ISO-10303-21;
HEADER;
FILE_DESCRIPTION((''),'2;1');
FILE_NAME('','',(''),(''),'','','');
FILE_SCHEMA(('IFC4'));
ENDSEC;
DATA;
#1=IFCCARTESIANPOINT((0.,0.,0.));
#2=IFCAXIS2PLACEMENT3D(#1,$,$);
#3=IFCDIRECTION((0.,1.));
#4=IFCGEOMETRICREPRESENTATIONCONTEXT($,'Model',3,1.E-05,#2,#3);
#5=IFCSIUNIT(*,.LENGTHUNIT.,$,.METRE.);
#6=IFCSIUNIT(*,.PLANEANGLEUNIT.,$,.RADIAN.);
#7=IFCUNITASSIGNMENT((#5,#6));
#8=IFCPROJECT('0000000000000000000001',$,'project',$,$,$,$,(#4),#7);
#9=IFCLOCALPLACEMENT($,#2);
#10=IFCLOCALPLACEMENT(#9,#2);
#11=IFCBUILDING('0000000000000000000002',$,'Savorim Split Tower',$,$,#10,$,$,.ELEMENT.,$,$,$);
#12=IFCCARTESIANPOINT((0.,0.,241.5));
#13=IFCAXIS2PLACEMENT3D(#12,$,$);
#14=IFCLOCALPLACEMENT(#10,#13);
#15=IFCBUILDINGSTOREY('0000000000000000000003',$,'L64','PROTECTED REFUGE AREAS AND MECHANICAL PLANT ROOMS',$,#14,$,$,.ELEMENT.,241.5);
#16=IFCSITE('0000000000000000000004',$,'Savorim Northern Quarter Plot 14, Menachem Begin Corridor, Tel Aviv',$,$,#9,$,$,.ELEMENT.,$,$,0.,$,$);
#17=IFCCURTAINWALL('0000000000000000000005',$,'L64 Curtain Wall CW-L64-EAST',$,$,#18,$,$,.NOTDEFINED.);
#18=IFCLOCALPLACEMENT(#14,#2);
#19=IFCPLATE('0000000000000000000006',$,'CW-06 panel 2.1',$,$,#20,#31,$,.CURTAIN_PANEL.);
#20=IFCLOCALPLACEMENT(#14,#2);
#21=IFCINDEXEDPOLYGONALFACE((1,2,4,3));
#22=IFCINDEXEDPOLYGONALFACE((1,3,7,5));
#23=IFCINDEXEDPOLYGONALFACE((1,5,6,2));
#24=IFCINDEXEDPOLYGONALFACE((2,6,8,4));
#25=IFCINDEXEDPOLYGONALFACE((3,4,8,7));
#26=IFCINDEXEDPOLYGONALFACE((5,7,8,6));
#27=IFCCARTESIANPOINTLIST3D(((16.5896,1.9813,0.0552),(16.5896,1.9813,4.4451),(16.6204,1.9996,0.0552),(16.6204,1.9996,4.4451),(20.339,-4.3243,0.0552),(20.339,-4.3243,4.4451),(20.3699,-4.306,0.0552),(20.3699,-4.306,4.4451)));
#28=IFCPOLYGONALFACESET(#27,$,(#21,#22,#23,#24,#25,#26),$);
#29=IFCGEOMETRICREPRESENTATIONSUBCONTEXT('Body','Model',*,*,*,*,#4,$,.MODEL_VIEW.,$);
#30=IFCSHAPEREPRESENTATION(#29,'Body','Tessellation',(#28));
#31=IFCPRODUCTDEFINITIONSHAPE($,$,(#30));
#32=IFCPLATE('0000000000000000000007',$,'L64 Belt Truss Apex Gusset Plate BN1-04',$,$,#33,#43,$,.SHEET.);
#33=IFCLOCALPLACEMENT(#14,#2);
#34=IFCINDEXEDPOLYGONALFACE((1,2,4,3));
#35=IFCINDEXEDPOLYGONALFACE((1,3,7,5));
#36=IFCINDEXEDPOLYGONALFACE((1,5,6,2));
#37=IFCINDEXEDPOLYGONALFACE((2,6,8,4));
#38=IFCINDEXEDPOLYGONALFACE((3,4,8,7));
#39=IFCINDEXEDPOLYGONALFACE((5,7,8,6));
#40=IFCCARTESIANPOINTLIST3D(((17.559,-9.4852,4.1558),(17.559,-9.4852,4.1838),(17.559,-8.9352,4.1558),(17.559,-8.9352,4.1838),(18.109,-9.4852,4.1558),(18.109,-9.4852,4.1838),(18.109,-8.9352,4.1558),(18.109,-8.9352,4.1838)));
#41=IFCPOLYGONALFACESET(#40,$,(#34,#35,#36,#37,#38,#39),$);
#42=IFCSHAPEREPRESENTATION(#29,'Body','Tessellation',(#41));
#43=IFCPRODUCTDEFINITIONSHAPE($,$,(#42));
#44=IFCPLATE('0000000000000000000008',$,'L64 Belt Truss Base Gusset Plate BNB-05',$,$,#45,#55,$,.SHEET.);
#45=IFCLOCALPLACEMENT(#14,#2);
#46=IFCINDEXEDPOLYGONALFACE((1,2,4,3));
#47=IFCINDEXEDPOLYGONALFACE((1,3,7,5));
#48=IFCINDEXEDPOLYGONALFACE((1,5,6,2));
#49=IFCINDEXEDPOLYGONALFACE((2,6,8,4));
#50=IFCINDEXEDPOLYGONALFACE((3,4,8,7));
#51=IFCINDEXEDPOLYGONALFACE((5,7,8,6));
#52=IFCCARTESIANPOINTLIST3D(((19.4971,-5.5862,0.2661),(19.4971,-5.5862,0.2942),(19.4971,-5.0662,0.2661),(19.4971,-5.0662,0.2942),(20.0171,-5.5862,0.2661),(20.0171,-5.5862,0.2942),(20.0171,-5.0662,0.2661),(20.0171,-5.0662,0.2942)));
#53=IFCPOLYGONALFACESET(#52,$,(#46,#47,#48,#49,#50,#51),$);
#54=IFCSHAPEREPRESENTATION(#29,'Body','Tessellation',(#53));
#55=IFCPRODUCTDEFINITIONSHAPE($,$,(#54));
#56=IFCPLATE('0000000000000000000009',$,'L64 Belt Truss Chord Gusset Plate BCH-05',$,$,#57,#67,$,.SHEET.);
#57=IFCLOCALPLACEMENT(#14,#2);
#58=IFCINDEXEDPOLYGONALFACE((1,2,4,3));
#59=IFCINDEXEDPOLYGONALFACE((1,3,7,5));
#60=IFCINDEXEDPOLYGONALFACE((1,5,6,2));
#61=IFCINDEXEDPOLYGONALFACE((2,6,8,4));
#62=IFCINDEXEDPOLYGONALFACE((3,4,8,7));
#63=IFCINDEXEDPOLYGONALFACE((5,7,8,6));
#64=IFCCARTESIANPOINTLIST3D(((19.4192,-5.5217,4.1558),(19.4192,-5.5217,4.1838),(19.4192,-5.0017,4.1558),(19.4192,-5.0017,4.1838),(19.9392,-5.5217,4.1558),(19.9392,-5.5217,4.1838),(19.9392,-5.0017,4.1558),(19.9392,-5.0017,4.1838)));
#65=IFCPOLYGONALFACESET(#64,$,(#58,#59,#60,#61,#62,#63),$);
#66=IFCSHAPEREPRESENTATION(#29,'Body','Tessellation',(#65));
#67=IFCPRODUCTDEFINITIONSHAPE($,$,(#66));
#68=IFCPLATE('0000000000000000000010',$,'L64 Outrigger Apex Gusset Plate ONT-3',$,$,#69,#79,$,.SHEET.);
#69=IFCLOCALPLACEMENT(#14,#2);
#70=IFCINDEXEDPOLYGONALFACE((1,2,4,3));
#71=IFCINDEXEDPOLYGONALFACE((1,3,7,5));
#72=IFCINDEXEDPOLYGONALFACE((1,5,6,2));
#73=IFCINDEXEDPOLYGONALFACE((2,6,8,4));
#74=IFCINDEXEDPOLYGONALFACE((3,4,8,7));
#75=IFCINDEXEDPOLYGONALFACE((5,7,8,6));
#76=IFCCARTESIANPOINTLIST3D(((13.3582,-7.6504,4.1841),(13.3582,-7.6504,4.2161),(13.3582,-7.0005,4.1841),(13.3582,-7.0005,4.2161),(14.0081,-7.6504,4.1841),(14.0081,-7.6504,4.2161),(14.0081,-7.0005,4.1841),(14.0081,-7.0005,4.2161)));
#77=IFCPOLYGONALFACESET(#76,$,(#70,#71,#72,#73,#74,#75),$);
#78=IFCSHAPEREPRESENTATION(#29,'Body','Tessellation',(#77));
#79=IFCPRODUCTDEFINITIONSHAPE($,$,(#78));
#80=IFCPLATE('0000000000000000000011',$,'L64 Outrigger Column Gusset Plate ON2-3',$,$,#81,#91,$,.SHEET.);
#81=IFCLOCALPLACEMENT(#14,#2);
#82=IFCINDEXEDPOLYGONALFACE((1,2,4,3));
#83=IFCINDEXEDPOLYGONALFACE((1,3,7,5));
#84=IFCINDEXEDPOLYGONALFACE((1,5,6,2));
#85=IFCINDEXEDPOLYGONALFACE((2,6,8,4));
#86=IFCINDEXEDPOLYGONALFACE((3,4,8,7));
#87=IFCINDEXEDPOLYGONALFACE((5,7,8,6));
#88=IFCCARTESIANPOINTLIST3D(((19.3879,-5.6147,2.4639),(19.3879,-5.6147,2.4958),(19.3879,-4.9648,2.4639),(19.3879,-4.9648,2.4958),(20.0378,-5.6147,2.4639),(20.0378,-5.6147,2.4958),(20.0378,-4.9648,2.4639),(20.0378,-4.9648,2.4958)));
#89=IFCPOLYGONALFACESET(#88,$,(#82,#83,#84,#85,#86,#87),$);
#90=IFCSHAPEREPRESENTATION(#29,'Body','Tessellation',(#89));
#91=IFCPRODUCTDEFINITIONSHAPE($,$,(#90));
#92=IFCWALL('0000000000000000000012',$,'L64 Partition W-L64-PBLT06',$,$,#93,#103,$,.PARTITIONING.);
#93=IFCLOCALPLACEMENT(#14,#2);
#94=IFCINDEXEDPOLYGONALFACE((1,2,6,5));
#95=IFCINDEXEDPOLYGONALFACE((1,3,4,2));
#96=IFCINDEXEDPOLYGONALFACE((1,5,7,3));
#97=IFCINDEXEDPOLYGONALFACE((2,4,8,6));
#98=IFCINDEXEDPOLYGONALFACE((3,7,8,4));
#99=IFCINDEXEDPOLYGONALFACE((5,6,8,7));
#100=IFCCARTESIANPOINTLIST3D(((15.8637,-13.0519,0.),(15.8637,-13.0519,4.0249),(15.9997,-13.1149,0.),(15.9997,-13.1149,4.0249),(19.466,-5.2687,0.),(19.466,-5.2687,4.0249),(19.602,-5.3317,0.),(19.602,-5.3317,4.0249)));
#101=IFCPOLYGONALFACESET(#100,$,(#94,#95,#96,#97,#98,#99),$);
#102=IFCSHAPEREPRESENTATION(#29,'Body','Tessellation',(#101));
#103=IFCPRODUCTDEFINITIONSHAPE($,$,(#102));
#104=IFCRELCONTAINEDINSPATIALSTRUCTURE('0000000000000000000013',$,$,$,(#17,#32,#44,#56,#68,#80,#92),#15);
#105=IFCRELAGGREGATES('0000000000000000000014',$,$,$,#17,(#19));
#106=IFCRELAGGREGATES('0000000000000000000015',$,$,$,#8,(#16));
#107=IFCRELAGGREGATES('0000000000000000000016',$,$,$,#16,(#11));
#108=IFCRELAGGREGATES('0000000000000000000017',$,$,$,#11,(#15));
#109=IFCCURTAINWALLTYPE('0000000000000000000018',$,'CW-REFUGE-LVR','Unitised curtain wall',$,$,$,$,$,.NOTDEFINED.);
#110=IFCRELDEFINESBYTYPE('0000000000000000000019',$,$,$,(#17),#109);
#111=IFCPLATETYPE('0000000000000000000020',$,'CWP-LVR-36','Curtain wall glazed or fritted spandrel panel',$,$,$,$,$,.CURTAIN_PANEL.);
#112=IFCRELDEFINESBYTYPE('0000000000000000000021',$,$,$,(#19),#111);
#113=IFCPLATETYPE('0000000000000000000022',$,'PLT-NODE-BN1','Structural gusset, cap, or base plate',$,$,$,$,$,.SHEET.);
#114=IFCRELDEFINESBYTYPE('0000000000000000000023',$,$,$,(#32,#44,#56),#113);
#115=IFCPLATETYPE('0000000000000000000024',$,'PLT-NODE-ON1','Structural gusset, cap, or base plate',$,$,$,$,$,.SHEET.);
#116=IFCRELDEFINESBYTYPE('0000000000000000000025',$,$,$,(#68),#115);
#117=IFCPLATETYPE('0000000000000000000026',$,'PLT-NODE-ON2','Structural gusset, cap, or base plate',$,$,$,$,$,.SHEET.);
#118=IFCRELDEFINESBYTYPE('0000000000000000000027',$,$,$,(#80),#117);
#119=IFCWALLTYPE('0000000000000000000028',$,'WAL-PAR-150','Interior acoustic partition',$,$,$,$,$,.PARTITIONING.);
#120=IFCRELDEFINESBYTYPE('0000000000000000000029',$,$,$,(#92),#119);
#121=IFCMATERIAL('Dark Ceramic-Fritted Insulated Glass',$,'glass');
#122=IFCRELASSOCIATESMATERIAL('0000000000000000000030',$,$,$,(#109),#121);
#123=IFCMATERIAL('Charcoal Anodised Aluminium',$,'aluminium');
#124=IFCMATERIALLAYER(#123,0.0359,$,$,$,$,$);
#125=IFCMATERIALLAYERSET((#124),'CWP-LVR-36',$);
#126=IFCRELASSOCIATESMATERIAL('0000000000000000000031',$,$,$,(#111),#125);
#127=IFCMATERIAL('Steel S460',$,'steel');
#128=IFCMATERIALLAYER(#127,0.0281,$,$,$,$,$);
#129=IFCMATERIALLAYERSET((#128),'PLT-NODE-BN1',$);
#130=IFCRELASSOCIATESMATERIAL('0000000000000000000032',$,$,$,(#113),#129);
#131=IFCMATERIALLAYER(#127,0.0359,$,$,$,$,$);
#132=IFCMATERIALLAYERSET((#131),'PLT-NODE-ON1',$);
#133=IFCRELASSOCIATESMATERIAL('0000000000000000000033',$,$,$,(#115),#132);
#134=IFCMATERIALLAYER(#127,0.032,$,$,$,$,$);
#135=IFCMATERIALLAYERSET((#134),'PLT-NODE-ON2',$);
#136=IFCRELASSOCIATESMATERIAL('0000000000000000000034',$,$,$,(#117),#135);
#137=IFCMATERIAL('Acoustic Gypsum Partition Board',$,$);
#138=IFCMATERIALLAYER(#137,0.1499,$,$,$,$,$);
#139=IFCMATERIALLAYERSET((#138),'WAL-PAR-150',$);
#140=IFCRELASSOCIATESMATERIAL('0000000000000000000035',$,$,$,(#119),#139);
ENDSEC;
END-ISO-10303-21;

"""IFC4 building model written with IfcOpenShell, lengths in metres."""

from ifc_helpers import new_model, si_unit, direction, frame, frame_2d, origin, origin_2d, place, context, subcontext, project, spatial, rectangle, extrude, material, layer, layer_set, type_object, element, aggregate, save


model = new_model("IFC4")

# Units and contexts
model_context = context("Model", 3, precision=1e-05, world=origin(), true_north=direction((0.0, 1.0)))
body_context = subcontext(model_context, "Body", "Model", "MODEL_VIEW")
ifc_project = project(units=[si_unit("LENGTHUNIT", "METRE"), si_unit("PLANEANGLEUNIT", "RADIAN")], contexts=[model_context])

# Site, building, storey
site_placement = place(None, origin())
site = spatial("IfcSite", under=ifc_project, at=site_placement, Name="Savorim Northern Quarter Plot 14, Menachem Begin Corridor, Tel Aviv", CompositionType="ELEMENT", RefElevation=0.0)
building_placement = place(site_placement, origin())
building = spatial("IfcBuilding", under=site, at=building_placement, Name="Savorim Split Tower", CompositionType="ELEMENT")
storey_placement = place(building_placement, frame((0.0, 0.0, 241.5)))
storey = spatial("IfcBuildingStorey", under=building, at=storey_placement, Name="L64", Description="PROTECTED REFUGE AREAS AND MECHANICAL PLANT ROOMS", CompositionType="ELEMENT", Elevation=241.5)

# Curtain wall
ifc_material_1 = material(Name="Dark Ceramic-Fritted Insulated Glass", Category="glass")
curtain_wall_type = type_object("IfcCurtainWallType", Name="CW-REFUGE-LVR", Description="Unitised curtain wall", PredefinedType="NOTDEFINED", material=ifc_material_1)
curtain_wall_placement = place(storey_placement, origin())
curtain_wall = element("IfcCurtainWall", 1, at=curtain_wall_placement, inside=storey, type_object=curtain_wall_type, Name="L64 Curtain Wall CW-L64-EAST", PredefinedType="NOTDEFINED")
ifc_material_2 = material(Name="Charcoal Anodised Aluminium", Category="aluminium")

# Shared definitions
ifc_material_3 = material(Name="Steel S460", Category="steel")

# Plate
ifc_layer_1 = layer(ifc_material_2, 0.0359)
ifc_layer_set_1 = layer_set([ifc_layer_1], Name="CWP-LVR-36")
plate_type_1 = type_object("IfcPlateType", Name="CWP-LVR-36", Description="Curtain wall glazed or fritted spandrel panel", PredefinedType="CURTAIN_PANEL", material=ifc_layer_set_1)
plate_1_placement = place(storey_placement, frame((18.4797, -1.1624, 0.0552), z_axis=(0.0, 0.0, 1.0), x_axis=(-0.51109, 0.859527, 0.0)))
plate_1 = element("IfcPlate", 2, at=plate_1_placement, type_object=plate_type_1, Name="CW-06 panel 2.1", PredefinedType="CURTAIN_PANEL", context=body_context, shape_type="SweptSolid", body=[
    extrude(rectangle(XDim=7.3362, YDim=0.0359, at=origin_2d()), origin(), (0.0, 0.0, 1.0), 4.3899),
])
aggregate(curtain_wall, [plate_1])

# Plates
ifc_layer_2 = layer(ifc_material_3, 0.0281)
ifc_layer_set_2 = layer_set([ifc_layer_2], Name="PLT-NODE-BN1")
plate_type_2 = type_object("IfcPlateType", Name="PLT-NODE-BN1", Description="Structural gusset, cap, or base plate", PredefinedType="SHEET", material=ifc_layer_set_2)
plate_2_placement = place(storey_placement, frame((17.834, -9.2102, 4.1558), z_axis=(0.0, 0.0, 1.0), x_axis=(1.0, 0.0, 0.0)))
element("IfcPlate", 3, at=plate_2_placement, inside=storey, type_object=plate_type_2, Name="L64 Belt Truss Apex Gusset Plate BN1-04", PredefinedType="SHEET", context=body_context, shape_type="SweptSolid", body=[
    extrude(rectangle(XDim=0.55, YDim=0.55, at=origin_2d()), origin(), (0.0, 0.0, 1.0), 0.0281),
])
for number, where, z_axis, x_axis, name in (
    (4, (19.7571, -5.3262, 0.2661), (0.0, 0.0, 1.0), (1.0, 0.0, 0.0), "L64 Belt Truss Base Gusset Plate BNB-05"),
    (5, (19.6792, -5.2617, 4.1558), (0.0, 0.0, 1.0), (1.0, 0.0, 0.0), "L64 Belt Truss Chord Gusset Plate BCH-05"),
):
    element("IfcPlate", number, at=place(storey_placement, frame(where, z_axis=z_axis, x_axis=x_axis)), inside=storey, type_object=plate_type_2, Name=name, PredefinedType="SHEET", context=body_context, shape_type="SweptSolid", body=[
        extrude(rectangle(XDim=0.52, YDim=0.52, at=origin_2d()), origin(), (0.0, 0.0, 1.0), 0.0281),
    ])
ifc_layer_3 = layer(ifc_material_3, 0.0359)
ifc_layer_set_3 = layer_set([ifc_layer_3], Name="PLT-NODE-ON1")
plate_type_3 = type_object("IfcPlateType", Name="PLT-NODE-ON1", Description="Structural gusset, cap, or base plate", PredefinedType="SHEET", material=ifc_layer_set_3)
plate_3_placement = place(storey_placement, frame((13.6831, -7.3254, 4.1841), z_axis=(0.0, 0.0, 1.0), x_axis=(1.0, 0.0, 0.0)))
element("IfcPlate", 6, at=plate_3_placement, inside=storey, type_object=plate_type_3, Name="L64 Outrigger Apex Gusset Plate ONT-3", PredefinedType="SHEET", context=body_context, shape_type="SweptSolid", body=[
    extrude(rectangle(XDim=0.6499, YDim=0.6499, at=origin_2d()), origin(), (0.0, 0.0, 1.0), 0.032),
])
ifc_layer_4 = layer(ifc_material_3, 0.032)
ifc_layer_set_4 = layer_set([ifc_layer_4], Name="PLT-NODE-ON2")
plate_type_4 = type_object("IfcPlateType", Name="PLT-NODE-ON2", Description="Structural gusset, cap, or base plate", PredefinedType="SHEET", material=ifc_layer_set_4)
plate_4_placement = place(storey_placement, frame((19.7129, -5.2898, 2.4639), z_axis=(0.0, 0.0, 1.0), x_axis=(1.0, 0.0, 0.0)))
element("IfcPlate", 7, at=plate_4_placement, inside=storey, type_object=plate_type_4, Name="L64 Outrigger Column Gusset Plate ON2-3", PredefinedType="SHEET", context=body_context, shape_type="SweptSolid", body=[
    extrude(rectangle(XDim=0.6499, YDim=0.6499, at=origin_2d()), origin(), (0.0, 0.0, 1.0), 0.032),
])

# Wall
ifc_material_4 = material(Name="Acoustic Gypsum Partition Board")
ifc_layer_5 = layer(ifc_material_4, 0.1499)
ifc_layer_set_5 = layer_set([ifc_layer_5], Name="WAL-PAR-150")
wall_type = type_object("IfcWallType", Name="WAL-PAR-150", Description="Interior acoustic partition", PredefinedType="PARTITIONING", material=ifc_layer_set_5)
wall_placement = place(storey_placement, frame((19.5339, -5.3003, 0.0), z_axis=(0.0, 0.0, 1.0), x_axis=(-0.420024, -0.907513, 0.0)))
element("IfcWall", 8, at=wall_placement, inside=storey, type_object=wall_type, Name="L64 Partition W-L64-PBLT06", PredefinedType="PARTITIONING", context=body_context, shape_type="SweptSolid", body=[
    extrude(rectangle(XDim=8.5764, YDim=0.1499, at=frame_2d((4.2881, 0.0))), origin(), (0.0, 0.0, 1.0), 4.0249),
])

save(model, "model.ifc")
